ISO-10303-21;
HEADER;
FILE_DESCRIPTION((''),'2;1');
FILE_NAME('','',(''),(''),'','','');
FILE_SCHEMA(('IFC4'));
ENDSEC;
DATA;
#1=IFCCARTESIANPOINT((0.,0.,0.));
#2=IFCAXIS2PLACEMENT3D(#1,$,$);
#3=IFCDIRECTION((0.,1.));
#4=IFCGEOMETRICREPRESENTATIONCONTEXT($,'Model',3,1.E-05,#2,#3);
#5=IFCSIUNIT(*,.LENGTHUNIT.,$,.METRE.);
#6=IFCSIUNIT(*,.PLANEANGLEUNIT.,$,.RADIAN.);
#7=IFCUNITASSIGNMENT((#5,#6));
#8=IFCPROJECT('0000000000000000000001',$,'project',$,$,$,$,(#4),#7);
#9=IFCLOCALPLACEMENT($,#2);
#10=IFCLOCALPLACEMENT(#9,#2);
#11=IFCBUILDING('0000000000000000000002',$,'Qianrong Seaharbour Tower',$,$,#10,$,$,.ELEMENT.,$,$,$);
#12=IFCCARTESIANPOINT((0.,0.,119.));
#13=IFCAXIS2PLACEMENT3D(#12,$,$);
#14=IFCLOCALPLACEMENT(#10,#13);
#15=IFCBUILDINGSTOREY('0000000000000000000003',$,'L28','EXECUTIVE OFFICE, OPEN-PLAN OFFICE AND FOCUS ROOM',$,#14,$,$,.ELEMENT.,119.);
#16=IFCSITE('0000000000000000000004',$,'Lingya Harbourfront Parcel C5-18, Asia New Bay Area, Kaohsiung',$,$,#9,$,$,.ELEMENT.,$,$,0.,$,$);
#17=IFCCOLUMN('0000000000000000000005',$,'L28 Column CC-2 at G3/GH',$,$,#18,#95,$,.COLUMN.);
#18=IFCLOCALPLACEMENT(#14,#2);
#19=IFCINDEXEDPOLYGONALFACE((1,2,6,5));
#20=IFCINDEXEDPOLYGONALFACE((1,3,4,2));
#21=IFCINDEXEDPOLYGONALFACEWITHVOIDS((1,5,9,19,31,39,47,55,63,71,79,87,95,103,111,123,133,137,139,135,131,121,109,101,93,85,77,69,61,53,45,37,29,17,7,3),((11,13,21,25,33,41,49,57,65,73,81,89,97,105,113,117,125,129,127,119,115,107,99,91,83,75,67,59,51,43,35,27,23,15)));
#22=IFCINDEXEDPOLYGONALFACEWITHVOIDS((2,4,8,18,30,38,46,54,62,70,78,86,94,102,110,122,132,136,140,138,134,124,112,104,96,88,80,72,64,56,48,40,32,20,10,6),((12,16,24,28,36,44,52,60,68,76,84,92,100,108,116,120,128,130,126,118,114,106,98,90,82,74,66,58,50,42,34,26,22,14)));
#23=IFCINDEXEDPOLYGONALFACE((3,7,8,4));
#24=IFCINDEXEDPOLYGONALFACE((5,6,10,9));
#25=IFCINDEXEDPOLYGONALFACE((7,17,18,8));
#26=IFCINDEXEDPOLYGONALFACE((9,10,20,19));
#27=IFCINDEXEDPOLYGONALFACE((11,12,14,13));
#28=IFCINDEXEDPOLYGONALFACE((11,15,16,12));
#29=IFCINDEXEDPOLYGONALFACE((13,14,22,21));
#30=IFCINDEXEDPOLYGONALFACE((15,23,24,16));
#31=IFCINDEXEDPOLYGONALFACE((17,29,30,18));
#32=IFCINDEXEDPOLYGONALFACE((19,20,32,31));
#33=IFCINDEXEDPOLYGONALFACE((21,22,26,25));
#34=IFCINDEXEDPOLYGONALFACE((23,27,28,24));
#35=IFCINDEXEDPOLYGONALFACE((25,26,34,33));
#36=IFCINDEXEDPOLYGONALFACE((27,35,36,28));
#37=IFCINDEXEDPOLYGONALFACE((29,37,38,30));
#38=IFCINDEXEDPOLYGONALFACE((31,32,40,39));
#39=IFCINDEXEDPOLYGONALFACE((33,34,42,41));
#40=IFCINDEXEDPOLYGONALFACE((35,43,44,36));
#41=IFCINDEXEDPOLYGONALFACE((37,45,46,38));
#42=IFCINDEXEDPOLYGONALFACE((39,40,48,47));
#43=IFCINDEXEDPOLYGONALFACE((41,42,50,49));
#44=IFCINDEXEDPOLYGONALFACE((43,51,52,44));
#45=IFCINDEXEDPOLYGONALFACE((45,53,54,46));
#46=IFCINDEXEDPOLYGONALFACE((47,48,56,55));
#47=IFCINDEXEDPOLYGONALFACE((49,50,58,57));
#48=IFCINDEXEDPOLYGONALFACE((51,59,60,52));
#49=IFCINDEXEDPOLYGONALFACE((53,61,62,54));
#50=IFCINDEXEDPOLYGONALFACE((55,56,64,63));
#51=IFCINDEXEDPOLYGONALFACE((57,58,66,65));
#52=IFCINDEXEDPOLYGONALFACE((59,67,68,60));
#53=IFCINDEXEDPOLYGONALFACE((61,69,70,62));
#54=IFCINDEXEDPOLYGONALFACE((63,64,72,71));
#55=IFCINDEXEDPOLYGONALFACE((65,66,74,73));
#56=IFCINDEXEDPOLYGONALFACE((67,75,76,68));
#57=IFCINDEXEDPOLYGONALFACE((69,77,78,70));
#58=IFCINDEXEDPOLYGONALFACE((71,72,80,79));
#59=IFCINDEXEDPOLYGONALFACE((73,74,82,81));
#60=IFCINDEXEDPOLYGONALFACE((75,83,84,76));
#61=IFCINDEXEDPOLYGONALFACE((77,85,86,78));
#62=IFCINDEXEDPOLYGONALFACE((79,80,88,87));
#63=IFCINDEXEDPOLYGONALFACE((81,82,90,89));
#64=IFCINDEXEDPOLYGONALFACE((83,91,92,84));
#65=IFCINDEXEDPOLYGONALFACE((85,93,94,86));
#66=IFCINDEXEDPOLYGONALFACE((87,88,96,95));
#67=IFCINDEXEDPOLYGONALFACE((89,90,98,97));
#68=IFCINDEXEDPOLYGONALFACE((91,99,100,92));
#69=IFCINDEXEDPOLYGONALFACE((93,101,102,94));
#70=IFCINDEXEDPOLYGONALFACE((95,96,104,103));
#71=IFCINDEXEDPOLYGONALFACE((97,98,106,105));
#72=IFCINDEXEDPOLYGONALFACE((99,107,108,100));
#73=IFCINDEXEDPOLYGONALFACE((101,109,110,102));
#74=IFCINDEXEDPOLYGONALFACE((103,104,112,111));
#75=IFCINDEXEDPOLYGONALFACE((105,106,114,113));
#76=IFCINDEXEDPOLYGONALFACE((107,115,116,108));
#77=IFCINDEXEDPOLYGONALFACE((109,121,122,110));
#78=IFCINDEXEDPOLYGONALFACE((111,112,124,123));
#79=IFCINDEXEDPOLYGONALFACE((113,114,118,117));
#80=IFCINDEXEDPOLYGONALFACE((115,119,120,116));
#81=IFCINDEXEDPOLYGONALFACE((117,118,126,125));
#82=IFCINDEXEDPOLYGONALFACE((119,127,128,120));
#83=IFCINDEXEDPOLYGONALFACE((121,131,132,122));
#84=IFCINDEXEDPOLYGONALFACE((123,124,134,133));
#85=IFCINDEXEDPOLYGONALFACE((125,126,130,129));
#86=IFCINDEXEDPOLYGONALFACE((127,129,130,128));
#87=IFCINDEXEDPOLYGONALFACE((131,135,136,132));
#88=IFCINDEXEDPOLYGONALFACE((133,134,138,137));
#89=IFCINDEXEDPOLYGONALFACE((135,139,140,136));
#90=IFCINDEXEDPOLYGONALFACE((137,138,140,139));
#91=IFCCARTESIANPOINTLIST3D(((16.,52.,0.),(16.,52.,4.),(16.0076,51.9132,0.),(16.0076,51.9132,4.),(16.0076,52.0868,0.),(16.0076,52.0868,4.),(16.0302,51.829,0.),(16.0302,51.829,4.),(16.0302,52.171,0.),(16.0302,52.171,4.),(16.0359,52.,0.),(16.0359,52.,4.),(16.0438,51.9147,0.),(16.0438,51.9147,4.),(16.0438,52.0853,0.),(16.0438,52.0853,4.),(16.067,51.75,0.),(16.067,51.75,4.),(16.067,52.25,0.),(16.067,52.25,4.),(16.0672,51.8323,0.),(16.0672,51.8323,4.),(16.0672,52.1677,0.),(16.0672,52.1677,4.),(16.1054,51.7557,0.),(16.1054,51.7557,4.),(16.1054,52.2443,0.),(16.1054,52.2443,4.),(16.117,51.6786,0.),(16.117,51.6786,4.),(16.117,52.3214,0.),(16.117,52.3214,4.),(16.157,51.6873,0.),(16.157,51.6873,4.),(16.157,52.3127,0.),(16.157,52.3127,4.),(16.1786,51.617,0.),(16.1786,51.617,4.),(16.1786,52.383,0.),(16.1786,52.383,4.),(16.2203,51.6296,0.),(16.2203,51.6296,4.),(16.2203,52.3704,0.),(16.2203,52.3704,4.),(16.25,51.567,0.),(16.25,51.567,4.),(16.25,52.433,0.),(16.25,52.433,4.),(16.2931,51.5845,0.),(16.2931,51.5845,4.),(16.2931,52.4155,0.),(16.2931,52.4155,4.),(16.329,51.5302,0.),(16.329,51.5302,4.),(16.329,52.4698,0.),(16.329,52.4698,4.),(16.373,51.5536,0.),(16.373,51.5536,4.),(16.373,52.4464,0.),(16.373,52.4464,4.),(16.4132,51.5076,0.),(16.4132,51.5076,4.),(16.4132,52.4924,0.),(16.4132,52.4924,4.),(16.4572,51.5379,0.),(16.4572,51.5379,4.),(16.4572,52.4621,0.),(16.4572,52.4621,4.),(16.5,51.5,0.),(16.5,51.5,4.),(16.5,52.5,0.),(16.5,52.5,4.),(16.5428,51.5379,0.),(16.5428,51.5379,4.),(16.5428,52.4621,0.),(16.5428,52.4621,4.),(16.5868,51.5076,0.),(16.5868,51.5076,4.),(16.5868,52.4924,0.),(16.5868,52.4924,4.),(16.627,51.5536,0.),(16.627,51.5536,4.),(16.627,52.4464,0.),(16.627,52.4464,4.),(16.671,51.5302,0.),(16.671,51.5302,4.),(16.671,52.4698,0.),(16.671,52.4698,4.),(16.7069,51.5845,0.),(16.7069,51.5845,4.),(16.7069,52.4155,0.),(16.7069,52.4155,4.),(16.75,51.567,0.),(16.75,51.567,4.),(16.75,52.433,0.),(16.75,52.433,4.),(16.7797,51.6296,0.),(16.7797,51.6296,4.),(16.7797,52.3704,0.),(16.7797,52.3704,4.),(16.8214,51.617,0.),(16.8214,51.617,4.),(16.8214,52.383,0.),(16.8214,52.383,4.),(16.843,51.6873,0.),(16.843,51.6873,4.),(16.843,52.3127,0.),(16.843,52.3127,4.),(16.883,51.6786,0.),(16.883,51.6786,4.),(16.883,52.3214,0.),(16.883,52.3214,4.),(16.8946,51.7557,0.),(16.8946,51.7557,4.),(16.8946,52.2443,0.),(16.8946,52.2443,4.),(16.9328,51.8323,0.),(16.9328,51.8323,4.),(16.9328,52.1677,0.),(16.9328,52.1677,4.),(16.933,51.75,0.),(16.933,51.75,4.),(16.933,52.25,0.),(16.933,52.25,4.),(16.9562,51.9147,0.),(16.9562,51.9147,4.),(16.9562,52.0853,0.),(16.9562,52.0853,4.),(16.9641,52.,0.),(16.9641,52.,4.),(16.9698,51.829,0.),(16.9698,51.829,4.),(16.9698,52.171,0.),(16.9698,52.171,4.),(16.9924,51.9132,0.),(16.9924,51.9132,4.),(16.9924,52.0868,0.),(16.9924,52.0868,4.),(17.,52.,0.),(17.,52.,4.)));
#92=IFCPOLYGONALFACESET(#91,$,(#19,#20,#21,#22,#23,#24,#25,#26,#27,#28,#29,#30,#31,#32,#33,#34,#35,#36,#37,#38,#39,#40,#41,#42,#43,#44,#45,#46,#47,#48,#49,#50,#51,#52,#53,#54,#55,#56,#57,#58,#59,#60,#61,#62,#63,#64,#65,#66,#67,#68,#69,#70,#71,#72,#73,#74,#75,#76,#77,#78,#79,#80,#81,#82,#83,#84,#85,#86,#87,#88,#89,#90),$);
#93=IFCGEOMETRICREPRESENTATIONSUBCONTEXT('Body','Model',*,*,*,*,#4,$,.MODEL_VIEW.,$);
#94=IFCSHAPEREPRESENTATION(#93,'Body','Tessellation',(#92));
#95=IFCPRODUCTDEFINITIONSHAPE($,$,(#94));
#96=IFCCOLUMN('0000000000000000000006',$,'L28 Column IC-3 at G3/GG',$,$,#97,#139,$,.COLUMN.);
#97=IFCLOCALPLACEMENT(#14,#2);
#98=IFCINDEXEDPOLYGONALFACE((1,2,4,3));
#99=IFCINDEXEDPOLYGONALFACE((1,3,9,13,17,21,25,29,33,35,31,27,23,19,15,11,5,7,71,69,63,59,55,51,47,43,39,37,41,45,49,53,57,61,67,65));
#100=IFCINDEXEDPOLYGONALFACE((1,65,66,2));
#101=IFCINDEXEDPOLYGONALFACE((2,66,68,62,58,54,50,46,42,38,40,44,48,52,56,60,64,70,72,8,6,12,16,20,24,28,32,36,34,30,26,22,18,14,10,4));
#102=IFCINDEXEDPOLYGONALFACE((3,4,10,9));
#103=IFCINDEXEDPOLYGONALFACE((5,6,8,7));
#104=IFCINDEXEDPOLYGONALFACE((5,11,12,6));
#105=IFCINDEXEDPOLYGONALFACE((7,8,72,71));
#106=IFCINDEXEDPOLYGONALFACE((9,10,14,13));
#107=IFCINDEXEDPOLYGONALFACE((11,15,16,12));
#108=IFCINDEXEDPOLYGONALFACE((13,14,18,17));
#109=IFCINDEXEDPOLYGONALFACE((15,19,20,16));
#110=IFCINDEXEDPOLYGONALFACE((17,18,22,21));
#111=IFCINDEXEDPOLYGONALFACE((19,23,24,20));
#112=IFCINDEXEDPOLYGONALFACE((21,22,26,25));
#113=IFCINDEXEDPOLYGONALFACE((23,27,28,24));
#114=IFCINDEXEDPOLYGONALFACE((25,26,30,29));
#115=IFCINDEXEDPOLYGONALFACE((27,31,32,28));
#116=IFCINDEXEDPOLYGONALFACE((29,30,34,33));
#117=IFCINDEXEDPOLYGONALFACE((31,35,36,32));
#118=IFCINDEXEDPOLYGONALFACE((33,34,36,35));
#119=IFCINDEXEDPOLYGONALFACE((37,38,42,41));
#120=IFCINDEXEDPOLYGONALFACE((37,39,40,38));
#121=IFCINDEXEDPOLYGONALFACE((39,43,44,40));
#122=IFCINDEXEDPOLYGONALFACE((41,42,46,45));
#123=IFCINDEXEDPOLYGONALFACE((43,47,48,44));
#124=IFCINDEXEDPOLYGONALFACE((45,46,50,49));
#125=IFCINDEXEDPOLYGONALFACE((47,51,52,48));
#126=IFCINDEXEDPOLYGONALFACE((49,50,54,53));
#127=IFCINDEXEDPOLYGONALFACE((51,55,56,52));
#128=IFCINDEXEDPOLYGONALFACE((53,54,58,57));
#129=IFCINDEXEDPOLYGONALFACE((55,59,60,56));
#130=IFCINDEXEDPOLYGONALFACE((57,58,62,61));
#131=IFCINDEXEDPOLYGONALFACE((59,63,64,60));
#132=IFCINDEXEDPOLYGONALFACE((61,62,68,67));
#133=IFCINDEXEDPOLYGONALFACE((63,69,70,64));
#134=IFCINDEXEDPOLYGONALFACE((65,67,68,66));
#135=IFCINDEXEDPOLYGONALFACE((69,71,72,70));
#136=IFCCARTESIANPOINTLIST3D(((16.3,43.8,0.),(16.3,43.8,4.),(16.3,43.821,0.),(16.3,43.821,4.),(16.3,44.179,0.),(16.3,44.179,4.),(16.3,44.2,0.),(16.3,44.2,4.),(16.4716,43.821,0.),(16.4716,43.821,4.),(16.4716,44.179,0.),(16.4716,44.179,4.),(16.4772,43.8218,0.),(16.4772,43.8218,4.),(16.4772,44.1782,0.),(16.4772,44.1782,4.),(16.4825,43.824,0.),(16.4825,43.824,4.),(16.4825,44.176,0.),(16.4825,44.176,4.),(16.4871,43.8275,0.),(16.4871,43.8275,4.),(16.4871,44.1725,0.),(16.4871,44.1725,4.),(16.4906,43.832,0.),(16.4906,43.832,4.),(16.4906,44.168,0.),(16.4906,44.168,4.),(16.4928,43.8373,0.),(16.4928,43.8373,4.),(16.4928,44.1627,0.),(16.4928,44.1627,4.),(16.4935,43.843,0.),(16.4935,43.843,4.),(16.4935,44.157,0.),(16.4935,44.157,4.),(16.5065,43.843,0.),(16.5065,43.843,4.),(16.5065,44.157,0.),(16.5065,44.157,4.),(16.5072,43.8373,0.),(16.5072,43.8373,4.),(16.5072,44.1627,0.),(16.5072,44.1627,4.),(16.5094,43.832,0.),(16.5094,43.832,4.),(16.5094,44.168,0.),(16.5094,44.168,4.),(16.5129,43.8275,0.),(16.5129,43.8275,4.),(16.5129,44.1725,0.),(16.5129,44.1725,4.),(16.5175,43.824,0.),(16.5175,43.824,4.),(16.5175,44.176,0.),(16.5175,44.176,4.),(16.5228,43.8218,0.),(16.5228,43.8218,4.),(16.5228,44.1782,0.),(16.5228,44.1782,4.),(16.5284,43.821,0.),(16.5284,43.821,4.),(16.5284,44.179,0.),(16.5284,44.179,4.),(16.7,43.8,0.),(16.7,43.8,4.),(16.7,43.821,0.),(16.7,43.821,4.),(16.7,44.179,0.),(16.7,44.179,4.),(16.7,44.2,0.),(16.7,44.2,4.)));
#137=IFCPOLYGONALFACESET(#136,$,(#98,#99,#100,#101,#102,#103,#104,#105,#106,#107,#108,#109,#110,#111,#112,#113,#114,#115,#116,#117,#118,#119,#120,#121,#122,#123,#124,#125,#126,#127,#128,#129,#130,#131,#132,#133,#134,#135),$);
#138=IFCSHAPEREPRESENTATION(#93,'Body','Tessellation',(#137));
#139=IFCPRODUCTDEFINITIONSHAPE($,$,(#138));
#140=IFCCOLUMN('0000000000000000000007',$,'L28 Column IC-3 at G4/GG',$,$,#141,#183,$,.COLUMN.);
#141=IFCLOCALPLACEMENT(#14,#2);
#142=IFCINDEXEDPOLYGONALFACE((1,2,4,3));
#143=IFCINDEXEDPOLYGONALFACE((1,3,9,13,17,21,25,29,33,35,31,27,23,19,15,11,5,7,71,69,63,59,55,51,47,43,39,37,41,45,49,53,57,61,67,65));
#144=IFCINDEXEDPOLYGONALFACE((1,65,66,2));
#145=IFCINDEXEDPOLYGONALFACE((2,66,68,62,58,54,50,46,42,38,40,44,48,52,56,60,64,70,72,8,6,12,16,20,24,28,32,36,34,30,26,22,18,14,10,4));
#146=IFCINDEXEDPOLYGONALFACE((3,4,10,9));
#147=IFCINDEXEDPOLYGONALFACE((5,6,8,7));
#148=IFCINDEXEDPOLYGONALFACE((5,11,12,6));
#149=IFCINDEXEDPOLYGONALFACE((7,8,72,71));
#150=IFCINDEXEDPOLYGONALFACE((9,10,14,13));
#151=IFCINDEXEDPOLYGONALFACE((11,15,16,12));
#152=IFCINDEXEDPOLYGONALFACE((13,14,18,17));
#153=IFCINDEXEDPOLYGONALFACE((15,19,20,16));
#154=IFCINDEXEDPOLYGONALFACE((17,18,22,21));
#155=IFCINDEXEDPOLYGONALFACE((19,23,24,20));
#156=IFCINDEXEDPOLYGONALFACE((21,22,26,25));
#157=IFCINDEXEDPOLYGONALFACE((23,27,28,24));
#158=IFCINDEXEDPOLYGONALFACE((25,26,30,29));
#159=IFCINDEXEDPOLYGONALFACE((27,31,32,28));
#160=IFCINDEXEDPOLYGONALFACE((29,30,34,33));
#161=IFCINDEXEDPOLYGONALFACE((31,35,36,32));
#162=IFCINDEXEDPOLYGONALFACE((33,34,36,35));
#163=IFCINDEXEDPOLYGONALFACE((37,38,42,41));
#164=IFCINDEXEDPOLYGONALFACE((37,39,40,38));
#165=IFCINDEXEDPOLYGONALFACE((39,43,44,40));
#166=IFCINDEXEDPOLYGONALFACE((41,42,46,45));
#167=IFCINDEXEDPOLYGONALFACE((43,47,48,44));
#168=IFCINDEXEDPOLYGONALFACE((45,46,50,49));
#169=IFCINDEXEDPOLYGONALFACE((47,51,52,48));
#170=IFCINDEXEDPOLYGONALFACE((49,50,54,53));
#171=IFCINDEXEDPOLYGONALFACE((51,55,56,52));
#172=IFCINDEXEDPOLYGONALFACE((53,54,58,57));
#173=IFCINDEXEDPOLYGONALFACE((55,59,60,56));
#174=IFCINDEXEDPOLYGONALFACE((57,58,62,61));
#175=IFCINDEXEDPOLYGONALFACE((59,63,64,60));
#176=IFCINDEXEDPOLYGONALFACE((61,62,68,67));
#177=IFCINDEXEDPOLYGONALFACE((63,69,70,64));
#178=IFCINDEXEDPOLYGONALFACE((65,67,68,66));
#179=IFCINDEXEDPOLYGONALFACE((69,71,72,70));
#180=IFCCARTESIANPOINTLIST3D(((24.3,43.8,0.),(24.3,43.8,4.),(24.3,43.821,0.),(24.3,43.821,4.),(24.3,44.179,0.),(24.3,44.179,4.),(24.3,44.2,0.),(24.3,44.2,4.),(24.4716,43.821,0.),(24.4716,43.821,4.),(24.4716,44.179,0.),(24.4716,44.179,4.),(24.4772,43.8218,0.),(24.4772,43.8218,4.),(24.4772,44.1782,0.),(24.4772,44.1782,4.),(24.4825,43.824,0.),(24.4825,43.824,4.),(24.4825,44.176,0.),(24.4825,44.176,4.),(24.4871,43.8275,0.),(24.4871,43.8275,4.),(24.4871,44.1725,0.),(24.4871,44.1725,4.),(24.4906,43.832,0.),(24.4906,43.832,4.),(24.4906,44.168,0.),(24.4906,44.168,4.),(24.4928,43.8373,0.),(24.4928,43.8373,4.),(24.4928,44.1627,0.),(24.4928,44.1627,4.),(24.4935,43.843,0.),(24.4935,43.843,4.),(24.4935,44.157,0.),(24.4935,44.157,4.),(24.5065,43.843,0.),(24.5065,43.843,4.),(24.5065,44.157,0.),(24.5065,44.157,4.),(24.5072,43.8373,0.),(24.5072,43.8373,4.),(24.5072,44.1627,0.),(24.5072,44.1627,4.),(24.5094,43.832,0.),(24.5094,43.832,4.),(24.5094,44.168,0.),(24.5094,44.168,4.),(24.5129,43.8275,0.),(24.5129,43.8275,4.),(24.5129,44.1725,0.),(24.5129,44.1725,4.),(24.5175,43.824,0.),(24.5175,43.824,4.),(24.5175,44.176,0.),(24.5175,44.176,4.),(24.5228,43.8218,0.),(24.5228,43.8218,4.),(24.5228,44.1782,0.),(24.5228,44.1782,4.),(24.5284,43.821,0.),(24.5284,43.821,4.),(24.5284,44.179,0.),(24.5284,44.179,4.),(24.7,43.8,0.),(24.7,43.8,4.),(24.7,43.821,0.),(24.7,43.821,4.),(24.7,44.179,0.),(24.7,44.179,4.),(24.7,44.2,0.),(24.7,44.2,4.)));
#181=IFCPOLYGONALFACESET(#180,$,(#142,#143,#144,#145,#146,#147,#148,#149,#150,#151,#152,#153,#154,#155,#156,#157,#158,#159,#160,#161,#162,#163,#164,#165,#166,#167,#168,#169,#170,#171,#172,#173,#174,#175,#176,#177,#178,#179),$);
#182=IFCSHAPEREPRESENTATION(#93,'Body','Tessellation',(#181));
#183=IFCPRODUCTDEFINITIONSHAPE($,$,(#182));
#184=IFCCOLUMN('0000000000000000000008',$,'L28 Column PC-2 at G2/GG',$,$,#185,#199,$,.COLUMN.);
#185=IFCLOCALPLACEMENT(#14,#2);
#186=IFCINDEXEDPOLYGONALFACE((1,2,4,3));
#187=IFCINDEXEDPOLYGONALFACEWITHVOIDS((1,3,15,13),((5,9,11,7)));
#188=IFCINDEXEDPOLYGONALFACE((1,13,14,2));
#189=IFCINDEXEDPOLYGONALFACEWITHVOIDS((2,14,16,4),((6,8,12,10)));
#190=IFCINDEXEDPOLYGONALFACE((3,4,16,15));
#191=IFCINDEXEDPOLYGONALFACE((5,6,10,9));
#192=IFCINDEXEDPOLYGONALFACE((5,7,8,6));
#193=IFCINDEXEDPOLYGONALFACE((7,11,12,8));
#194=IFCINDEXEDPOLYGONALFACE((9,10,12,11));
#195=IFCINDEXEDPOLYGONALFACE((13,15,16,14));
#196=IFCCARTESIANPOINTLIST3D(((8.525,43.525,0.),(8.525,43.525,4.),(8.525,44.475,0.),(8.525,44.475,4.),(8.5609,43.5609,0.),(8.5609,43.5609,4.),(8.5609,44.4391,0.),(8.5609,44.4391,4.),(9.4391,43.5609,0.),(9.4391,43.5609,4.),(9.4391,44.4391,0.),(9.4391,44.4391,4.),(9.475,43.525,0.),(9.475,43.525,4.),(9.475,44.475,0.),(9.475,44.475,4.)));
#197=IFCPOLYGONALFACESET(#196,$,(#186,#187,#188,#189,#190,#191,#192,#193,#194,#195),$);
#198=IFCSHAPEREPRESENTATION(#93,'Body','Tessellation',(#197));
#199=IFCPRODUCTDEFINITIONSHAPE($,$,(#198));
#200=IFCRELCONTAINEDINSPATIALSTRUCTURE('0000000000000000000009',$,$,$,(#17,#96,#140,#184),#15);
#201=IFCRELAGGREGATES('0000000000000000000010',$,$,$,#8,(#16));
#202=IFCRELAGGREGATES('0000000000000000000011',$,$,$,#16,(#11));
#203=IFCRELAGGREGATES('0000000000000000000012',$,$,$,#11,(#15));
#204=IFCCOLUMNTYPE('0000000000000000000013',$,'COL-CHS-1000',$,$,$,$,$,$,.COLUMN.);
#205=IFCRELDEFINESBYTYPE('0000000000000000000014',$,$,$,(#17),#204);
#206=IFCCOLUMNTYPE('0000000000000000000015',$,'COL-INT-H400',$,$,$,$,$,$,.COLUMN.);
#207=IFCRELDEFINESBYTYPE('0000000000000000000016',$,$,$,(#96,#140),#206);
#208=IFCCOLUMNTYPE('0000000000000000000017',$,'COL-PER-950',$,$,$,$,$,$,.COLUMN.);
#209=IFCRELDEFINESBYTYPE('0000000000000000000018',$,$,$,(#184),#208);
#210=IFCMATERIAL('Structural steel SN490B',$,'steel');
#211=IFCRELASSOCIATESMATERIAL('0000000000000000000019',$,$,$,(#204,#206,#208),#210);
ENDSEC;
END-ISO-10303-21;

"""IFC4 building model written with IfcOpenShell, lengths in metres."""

from ifc_helpers import new_model, si_unit, direction, frame, origin, origin_2d, place, context, subcontext, project, spatial, hollow_rectangle, hollow_circle, i_section, extrude, material, material_profile, profile_set, type_object, element, save


model = new_model("IFC4")

# Units and contexts
model_context = context("Model", 3, precision=1e-05, world=origin(), true_north=direction((0.0, 1.0)))
body_context = subcontext(model_context, "Body", "Model", "MODEL_VIEW")
ifc_project = project(units=[si_unit("LENGTHUNIT", "METRE"), si_unit("PLANEANGLEUNIT", "RADIAN")], contexts=[model_context])

# Site, building, storey
site_placement = place(None, origin())
site = spatial("IfcSite", under=ifc_project, at=site_placement, Name="Lingya Harbourfront Parcel C5-18, Asia New Bay Area, Kaohsiung", CompositionType="ELEMENT", RefElevation=0.0)
building_placement = place(site_placement, origin())
building = spatial("IfcBuilding", under=site, at=building_placement, Name="Qianrong Seaharbour Tower", CompositionType="ELEMENT")
storey_placement = place(building_placement, frame((0.0, 0.0, 119.0)))
storey = spatial("IfcBuildingStorey", under=building, at=storey_placement, Name="L28", Description="EXECUTIVE OFFICE, OPEN-PLAN OFFICE AND FOCUS ROOM", CompositionType="ELEMENT", Elevation=119.0)

# Columns
ifc_material_1 = material(Name="Structural steel SN490B", Category="steel")
ifc_material_profile_1 = material_profile(ifc_material_1, hollow_circle(Radius=0.5, WallThickness=0.0359, at=origin_2d()), Name="CHS1000x36")
ifc_profile_set_1 = profile_set([ifc_material_profile_1], Name="Structural steel SN490B")
column_type_1 = type_object("IfcColumnType", Name="COL-CHS-1000", PredefinedType="COLUMN", material=ifc_profile_set_1)
column_placement = place(storey_placement, frame((16.5, 52.0, 0.0), z_axis=(0.0, 0.0, 1.0), x_axis=(1.0, 0.0, 0.0)))
element("IfcColumn", 1, at=column_placement, inside=storey, type_object=column_type_1, Name="L28 Column CC-2 at G3/GH", PredefinedType="COLUMN", context=body_context, shape_type="SweptSolid", body=[
    extrude(hollow_circle(Radius=0.5, WallThickness=0.0359, at=origin_2d()), origin(), (0.0, 0.0, 1.0), 4.0),
])
ifc_material_profile_2 = material_profile(ifc_material_1, i_section(OverallWidth=0.3999, OverallDepth=0.3999, WebThickness=0.0129, FlangeThickness=0.021, FilletRadius=0.022, at=origin_2d()), Name="H400x400x13x21")
ifc_profile_set_2 = profile_set([ifc_material_profile_2], Name="Structural steel SN490B")
column_type_2 = type_object("IfcColumnType", Name="COL-INT-H400", PredefinedType="COLUMN", material=ifc_profile_set_2)
for number, where, z_axis, x_axis, name in (
    (2, (16.5, 44.0, 0.0), (0.0, 0.0, 1.0), (1.0, 0.0, 0.0), "L28 Column IC-3 at G3/GG"),
    (3, (24.5, 44.0, 0.0), (0.0, 0.0, 1.0), (1.0, 0.0, 0.0), "L28 Column IC-3 at G4/GG"),
):
    element("IfcColumn", number, at=place(storey_placement, frame(where, z_axis=z_axis, x_axis=x_axis)), inside=storey, type_object=column_type_2, Name=name, PredefinedType="COLUMN", context=body_context, shape_type="SweptSolid", body=[
        extrude(i_section(OverallWidth=0.3999, OverallDepth=0.3999, WebThickness=0.0129, FlangeThickness=0.021, FilletRadius=0.022, at=origin_2d()), origin(), (0.0, 0.0, 1.0), 4.0),
    ])
ifc_material_profile_3 = material_profile(ifc_material_1, hollow_rectangle(XDim=0.95, YDim=0.95, WallThickness=0.0359, at=origin_2d()), Name="BOX950x950x36")
ifc_profile_set_3 = profile_set([ifc_material_profile_3], Name="Structural steel SN490B")
column_type_3 = type_object("IfcColumnType", Name="COL-PER-950", PredefinedType="COLUMN", material=ifc_profile_set_3)
for number, where, z_axis, x_axis, name in (
    (4, (9.0, 44.0, 0.0), (0.0, 0.0, 1.0), (1.0, 0.0, 0.0), "L28 Column PC-2 at G2/GG"),
):
    element("IfcColumn", number, at=place(storey_placement, frame(where, z_axis=z_axis, x_axis=x_axis)), inside=storey, type_object=column_type_3, Name=name, PredefinedType="COLUMN", context=body_context, shape_type="SweptSolid", body=[
        extrude(hollow_rectangle(XDim=0.95, YDim=0.95, WallThickness=0.0359, at=origin_2d()), origin(), (0.0, 0.0, 1.0), 4.0),
    ])

save(model, "model.ifc")
